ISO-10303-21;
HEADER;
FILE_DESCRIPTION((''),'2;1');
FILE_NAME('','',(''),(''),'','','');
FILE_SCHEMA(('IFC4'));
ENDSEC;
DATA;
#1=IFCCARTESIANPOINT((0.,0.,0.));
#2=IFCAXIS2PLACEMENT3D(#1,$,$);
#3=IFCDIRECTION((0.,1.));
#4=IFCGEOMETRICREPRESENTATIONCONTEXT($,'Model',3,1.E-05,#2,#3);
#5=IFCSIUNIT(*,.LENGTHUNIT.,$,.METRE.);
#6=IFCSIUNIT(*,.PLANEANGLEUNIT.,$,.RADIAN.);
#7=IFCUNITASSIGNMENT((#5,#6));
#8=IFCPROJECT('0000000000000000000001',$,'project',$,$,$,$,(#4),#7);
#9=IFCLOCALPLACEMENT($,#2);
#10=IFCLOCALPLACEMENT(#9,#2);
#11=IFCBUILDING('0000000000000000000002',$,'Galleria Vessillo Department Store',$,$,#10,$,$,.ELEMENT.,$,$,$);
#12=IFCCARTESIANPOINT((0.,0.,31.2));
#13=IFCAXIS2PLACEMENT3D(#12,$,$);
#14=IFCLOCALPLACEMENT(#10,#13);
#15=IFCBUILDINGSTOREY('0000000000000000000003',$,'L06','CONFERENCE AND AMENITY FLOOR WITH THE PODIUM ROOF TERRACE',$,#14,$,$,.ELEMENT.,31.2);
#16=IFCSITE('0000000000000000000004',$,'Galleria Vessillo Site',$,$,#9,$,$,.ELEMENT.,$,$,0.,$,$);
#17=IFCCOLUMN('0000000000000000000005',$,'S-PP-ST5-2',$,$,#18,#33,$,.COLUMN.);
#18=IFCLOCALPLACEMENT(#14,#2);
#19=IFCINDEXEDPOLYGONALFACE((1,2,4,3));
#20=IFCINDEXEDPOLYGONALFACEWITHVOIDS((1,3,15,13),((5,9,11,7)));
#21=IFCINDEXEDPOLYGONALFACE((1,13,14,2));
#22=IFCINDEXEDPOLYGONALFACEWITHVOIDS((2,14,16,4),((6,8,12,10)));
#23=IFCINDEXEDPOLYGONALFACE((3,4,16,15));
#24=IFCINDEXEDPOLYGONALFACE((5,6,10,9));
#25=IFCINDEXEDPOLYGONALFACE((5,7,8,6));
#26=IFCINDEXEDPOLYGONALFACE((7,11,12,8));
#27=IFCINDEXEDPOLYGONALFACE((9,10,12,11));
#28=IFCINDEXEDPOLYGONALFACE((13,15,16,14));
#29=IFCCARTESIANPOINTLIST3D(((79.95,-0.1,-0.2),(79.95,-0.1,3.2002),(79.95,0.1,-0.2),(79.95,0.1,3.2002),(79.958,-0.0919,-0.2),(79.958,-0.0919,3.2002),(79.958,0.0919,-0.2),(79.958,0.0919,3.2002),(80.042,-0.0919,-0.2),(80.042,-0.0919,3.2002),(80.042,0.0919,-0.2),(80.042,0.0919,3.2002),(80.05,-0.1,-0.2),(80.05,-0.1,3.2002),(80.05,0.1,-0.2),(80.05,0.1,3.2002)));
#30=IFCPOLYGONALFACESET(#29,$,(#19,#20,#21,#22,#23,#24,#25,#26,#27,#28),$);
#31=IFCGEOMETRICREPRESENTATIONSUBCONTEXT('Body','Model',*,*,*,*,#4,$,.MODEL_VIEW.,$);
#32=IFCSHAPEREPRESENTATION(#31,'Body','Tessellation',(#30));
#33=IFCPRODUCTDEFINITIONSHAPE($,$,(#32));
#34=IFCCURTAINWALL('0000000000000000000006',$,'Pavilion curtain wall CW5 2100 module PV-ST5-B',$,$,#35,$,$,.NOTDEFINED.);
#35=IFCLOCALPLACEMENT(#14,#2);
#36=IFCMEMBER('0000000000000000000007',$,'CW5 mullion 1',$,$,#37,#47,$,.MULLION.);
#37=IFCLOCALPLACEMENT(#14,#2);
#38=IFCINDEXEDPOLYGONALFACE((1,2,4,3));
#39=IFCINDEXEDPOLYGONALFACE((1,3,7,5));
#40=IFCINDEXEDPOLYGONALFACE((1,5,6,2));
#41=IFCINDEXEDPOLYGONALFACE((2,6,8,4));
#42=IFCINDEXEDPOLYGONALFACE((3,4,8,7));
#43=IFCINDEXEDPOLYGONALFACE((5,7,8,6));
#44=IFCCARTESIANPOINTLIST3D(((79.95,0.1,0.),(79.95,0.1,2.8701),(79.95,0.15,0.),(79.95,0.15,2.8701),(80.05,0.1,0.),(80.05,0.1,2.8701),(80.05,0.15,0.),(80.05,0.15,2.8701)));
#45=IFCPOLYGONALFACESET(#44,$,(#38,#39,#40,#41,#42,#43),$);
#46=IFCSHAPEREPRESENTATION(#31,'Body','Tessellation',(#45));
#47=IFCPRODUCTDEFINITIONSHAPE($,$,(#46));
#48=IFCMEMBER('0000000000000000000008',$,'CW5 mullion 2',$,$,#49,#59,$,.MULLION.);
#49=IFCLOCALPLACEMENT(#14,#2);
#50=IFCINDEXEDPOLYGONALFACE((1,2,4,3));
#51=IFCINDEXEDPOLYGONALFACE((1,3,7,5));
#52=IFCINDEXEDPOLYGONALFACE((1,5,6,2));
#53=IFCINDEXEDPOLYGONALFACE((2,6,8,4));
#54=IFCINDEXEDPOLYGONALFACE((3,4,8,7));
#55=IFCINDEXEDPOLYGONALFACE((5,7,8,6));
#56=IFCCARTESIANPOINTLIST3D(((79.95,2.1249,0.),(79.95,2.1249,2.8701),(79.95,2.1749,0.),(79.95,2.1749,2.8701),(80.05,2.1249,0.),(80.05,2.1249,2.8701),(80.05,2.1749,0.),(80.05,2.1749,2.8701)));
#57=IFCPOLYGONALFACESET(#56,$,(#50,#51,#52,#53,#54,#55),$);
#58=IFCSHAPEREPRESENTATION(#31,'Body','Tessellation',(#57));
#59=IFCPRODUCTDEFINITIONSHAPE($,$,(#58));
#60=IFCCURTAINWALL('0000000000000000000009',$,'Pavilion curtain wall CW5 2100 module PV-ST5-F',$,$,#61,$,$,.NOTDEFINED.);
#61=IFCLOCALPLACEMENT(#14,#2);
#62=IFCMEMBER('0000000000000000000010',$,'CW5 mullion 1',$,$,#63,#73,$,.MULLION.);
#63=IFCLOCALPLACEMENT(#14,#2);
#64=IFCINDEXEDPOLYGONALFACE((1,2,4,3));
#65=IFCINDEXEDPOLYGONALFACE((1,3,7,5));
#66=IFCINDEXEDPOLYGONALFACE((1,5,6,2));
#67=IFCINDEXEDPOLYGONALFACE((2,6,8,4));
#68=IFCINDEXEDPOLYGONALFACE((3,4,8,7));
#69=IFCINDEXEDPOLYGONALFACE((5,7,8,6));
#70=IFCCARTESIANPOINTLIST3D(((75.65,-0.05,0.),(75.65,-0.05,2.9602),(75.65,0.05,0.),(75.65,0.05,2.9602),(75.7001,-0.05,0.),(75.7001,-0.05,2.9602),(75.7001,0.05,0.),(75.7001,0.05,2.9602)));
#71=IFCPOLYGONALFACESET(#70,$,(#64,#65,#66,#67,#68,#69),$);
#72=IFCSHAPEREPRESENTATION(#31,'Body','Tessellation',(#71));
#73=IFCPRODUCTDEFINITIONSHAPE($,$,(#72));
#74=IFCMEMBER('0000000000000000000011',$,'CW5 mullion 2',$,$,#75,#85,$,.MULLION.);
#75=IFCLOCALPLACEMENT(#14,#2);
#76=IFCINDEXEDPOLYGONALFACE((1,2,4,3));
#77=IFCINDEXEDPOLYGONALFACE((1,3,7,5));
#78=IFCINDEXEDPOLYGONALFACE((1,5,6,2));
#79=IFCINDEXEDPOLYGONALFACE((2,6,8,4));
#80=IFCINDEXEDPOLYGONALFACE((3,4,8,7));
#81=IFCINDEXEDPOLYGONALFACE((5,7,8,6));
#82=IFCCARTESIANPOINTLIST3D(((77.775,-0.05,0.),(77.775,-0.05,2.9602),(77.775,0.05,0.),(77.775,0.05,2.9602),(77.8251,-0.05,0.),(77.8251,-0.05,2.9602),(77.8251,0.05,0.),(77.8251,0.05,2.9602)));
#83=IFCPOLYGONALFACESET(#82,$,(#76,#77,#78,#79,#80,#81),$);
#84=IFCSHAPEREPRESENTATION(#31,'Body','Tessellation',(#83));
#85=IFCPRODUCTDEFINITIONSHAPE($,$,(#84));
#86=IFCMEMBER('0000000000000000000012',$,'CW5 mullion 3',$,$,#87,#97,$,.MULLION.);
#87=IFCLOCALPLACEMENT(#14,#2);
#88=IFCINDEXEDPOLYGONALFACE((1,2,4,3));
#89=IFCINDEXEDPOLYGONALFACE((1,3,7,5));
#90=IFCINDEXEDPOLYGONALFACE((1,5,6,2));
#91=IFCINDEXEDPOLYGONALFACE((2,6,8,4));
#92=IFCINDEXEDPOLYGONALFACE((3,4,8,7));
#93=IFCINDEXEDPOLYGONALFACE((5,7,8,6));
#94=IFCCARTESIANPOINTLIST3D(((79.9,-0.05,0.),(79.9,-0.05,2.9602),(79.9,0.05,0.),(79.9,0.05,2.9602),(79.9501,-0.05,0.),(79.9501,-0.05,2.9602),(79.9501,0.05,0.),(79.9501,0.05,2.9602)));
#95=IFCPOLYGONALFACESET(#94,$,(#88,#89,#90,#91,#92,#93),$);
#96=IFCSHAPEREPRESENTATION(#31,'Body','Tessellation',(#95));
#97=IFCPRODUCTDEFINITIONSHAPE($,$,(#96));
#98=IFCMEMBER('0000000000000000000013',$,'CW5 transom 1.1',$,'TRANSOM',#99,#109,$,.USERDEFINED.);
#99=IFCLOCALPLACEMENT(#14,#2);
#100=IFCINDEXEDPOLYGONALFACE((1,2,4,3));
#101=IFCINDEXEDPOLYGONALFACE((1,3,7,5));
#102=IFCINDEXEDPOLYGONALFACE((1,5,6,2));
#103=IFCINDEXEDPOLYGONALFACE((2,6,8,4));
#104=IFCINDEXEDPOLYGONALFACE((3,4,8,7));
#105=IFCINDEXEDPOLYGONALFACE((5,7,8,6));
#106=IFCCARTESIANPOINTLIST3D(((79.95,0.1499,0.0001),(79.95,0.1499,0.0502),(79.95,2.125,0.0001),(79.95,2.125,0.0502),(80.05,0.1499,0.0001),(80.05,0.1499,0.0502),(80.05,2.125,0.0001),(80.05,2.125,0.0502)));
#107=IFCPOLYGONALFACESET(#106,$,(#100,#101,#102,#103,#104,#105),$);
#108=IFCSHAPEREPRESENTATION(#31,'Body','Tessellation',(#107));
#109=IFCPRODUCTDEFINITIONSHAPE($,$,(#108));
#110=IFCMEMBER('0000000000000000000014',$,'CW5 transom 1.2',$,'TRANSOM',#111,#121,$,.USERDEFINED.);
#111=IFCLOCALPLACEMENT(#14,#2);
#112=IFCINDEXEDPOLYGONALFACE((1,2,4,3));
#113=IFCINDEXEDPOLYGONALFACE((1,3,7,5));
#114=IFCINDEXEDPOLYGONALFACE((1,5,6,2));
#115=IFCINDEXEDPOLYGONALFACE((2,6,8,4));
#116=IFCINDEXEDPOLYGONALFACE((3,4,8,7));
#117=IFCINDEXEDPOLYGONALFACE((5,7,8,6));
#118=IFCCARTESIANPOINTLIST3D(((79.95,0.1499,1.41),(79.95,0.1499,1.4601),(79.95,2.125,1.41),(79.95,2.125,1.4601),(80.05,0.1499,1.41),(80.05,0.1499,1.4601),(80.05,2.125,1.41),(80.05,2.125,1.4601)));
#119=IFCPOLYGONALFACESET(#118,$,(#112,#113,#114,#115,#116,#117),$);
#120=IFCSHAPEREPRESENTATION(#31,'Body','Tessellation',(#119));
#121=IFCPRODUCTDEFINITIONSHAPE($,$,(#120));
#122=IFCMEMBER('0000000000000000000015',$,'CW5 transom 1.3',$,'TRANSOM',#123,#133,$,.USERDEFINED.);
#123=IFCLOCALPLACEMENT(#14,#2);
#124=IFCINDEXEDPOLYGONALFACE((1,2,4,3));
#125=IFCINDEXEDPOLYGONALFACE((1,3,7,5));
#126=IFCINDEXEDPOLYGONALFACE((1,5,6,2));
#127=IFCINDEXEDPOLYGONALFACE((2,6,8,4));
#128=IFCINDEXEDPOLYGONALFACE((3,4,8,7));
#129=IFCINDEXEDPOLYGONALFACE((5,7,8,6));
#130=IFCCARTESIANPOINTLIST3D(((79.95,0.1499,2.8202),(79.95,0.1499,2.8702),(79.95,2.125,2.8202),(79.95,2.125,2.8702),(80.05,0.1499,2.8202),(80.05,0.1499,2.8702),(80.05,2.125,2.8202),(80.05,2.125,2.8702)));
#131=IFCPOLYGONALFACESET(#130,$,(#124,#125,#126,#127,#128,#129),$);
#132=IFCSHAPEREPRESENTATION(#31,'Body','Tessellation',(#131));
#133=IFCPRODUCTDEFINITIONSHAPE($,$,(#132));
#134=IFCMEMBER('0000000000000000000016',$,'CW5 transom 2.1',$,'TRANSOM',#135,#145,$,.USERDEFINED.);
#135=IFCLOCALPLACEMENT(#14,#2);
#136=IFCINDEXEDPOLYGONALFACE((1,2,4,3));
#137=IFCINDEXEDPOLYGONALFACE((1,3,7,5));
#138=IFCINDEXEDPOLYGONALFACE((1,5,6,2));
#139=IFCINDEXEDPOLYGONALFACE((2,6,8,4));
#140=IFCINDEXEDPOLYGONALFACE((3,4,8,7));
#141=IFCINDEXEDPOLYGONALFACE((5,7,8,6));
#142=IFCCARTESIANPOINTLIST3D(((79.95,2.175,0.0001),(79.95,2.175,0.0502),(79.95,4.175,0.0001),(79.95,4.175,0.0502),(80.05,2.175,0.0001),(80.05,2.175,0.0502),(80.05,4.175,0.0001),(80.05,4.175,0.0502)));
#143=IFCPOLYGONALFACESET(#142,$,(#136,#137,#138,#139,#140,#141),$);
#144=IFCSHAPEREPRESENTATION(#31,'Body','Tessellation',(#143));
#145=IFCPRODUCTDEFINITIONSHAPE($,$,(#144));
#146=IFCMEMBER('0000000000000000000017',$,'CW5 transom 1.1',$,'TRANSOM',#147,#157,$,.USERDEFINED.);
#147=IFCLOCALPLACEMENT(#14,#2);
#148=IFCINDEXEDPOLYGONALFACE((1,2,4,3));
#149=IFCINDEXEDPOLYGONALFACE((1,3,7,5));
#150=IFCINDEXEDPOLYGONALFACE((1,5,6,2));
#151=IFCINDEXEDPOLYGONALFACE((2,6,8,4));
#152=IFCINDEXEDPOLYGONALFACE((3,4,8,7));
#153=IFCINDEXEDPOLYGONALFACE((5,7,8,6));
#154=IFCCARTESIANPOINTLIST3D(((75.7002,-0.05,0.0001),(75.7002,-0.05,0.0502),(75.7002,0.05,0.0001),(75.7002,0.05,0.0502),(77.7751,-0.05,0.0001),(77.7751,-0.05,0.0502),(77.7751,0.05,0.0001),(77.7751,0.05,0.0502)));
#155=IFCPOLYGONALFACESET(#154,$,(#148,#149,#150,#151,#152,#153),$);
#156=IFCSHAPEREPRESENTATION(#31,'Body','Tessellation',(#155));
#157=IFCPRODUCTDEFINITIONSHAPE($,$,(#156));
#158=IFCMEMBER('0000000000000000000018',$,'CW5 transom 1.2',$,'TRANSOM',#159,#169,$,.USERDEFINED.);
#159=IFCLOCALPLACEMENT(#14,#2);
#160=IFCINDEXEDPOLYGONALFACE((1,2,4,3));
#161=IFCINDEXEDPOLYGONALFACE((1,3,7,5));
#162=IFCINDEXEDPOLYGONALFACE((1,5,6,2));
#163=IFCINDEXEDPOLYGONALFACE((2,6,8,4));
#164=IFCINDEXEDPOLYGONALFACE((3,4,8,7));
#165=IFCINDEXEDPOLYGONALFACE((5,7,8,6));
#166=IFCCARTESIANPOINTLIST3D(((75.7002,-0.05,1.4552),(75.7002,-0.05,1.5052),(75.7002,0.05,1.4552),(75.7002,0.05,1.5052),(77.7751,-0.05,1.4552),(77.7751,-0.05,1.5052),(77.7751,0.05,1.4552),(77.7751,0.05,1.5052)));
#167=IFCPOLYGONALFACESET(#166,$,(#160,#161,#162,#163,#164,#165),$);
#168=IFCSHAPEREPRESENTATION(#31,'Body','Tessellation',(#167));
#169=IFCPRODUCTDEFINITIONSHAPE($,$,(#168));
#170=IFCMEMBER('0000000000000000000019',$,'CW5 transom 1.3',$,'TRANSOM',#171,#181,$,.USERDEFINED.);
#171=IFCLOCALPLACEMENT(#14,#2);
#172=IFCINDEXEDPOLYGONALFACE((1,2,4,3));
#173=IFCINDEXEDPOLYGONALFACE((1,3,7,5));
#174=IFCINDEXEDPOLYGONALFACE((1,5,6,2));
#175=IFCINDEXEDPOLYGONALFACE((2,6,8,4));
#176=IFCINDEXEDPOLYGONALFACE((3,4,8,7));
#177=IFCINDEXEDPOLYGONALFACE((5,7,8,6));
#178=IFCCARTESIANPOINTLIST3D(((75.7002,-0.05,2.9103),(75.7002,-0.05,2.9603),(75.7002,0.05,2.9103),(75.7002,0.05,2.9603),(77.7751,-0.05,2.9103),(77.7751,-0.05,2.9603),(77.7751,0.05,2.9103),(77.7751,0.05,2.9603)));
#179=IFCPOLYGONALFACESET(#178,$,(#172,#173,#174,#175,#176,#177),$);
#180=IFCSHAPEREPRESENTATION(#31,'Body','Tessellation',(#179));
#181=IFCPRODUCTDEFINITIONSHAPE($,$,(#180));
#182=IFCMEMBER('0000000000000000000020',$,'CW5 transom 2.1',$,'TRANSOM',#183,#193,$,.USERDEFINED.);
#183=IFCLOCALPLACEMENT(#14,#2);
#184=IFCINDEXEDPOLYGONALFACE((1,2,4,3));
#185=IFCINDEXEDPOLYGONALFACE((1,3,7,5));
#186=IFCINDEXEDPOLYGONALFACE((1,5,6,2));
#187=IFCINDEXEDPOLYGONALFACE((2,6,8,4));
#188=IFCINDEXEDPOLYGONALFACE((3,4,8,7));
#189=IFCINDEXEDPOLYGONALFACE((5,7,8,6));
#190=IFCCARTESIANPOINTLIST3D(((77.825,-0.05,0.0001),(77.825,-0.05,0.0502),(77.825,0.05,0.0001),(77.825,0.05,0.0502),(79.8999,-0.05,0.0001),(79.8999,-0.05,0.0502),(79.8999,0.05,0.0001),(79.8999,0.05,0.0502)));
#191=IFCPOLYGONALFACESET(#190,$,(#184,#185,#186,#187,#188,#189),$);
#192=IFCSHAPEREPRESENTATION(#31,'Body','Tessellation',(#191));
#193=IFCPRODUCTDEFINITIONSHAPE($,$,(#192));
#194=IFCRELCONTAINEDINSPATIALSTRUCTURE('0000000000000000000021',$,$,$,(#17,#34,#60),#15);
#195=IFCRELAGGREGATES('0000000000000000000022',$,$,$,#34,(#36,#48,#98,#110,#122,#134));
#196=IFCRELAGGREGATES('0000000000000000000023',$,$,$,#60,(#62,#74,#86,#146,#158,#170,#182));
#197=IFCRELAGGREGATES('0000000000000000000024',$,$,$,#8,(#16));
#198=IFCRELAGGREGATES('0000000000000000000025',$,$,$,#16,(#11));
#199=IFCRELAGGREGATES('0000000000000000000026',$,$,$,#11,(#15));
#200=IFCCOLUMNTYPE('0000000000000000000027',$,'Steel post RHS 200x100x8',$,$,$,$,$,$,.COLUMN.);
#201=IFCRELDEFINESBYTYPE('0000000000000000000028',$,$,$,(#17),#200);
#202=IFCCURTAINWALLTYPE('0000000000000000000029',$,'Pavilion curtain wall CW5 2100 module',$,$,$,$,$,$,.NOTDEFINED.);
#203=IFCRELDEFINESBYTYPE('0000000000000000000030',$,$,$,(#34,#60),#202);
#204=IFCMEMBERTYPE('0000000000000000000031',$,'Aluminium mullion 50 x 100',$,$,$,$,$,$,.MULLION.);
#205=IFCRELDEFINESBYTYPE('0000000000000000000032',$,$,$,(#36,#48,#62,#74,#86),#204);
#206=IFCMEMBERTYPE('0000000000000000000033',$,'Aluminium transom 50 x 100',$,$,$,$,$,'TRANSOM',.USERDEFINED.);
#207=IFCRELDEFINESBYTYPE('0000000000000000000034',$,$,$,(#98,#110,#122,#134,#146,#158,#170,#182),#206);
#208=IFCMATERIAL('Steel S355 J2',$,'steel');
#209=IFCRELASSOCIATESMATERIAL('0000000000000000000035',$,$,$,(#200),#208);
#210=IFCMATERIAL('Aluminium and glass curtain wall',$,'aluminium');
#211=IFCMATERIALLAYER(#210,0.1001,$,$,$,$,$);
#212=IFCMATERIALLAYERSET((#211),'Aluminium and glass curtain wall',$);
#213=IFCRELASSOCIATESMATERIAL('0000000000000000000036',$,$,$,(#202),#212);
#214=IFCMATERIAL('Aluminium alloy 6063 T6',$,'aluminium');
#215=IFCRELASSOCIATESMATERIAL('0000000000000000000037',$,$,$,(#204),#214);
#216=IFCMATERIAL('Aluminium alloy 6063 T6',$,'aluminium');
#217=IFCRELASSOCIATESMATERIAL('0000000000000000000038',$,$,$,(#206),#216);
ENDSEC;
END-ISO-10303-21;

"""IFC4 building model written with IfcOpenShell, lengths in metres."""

from ifc_helpers import new_model, si_unit, direction, frame, origin, origin_2d, place, context, subcontext, project, spatial, rectangle, hollow_rectangle, extrude, material, layer, layer_set, material_profile, profile_set, type_object, element, aggregate, save


model = new_model("IFC4")

# Units and contexts
model_context = context("Model", 3, precision=1e-05, world=origin(), true_north=direction((0.0, 1.0)))
body_context = subcontext(model_context, "Body", "Model", "MODEL_VIEW")
ifc_project = project(units=[si_unit("LENGTHUNIT", "METRE"), si_unit("PLANEANGLEUNIT", "RADIAN")], contexts=[model_context])

# Site, building, storey
site_placement = place(None, origin())
site = spatial("IfcSite", under=ifc_project, at=site_placement, Name="Galleria Vessillo Site", CompositionType="ELEMENT", RefElevation=0.0)
building_placement = place(site_placement, origin())
building = spatial("IfcBuilding", under=site, at=building_placement, Name="Galleria Vessillo Department Store", CompositionType="ELEMENT")
storey_placement = place(building_placement, frame((0.0, 0.0, 31.2)))
storey = spatial("IfcBuildingStorey", under=building, at=storey_placement, Name="L06", Description="CONFERENCE AND AMENITY FLOOR WITH THE PODIUM ROOF TERRACE", CompositionType="ELEMENT", Elevation=31.2)

# Column
ifc_material_1 = material(Name="Steel S355 J2", Category="steel")
ifc_material_profile_1 = material_profile(ifc_material_1, hollow_rectangle(XDim=0.1001, YDim=0.2, WallThickness=0.0081, at=origin_2d()), Name="RHS 200x100x8")
ifc_profile_set_1 = profile_set([ifc_material_profile_1], Name="Steel S355 J2")
column_type = type_object("IfcColumnType", Name="Steel post RHS 200x100x8", PredefinedType="COLUMN", material=ifc_profile_set_1)
column_placement = place(storey_placement, frame((80.0, 0.0, -0.2), z_axis=(0.0, 0.0, 1.0), x_axis=(1.0, 0.0, 0.0)))
element("IfcColumn", 1, at=column_placement, inside=storey, type_object=column_type, Name="S-PP-ST5-2", PredefinedType="COLUMN", context=body_context, shape_type="SweptSolid", body=[
    extrude(hollow_rectangle(XDim=0.1001, YDim=0.2, WallThickness=0.0081, at=origin_2d()), origin(), (0.0, 0.0, 1.0), 3.4001),
])

# Curtain walls, members
ifc_material_2 = material(Name="Aluminium and glass curtain wall", Category="aluminium")
ifc_layer_1 = layer(ifc_material_2, 0.1001)
ifc_layer_set_1 = layer_set([ifc_layer_1], Name="Aluminium and glass curtain wall")
curtain_wall_type = type_object("IfcCurtainWallType", Name="Pavilion curtain wall CW5 2100 module", PredefinedType="NOTDEFINED", material=ifc_layer_set_1)
curtain_wall_1_placement = place(storey_placement, origin())
curtain_wall_1 = element("IfcCurtainWall", 2, at=curtain_wall_1_placement, inside=storey, type_object=curtain_wall_type, Name="Pavilion curtain wall CW5 2100 module PV-ST5-B", PredefinedType="NOTDEFINED")
ifc_material_3 = material(Name="Aluminium alloy 6063 T6", Category="aluminium")
ifc_material_profile_2 = material_profile(ifc_material_3, rectangle(XDim=0.1001, YDim=0.05, at=origin_2d()), Name="AL 50x100")
ifc_profile_set_2 = profile_set([ifc_material_profile_2], Name="Aluminium alloy 6063 T6")
member_type_1 = type_object("IfcMemberType", Name="Aluminium mullion 50 x 100", PredefinedType="MULLION", material=ifc_profile_set_2)
member_1_placement = place(storey_placement, frame((80.0, 0.125, 0.0), z_axis=(0.0, 0.0, 1.0), x_axis=(-1.0, 0.0, 0.0)))
member_1 = element("IfcMember", 3, at=member_1_placement, type_object=member_type_1, Name="CW5 mullion 1", PredefinedType="MULLION", context=body_context, shape_type="SweptSolid", body=[
    extrude(rectangle(XDim=0.1001, YDim=0.05, at=origin_2d()), origin(), (0.0, 0.0, 1.0), 2.8701),
])
member_2_placement = place(storey_placement, frame((80.0, 2.1499, 0.0), z_axis=(0.0, 0.0, 1.0), x_axis=(-1.0, 0.0, 0.0)))
member_2 = element("IfcMember", 4, at=member_2_placement, type_object=member_type_1, Name="CW5 mullion 2", PredefinedType="MULLION", context=body_context, shape_type="SweptSolid", body=[
    extrude(rectangle(XDim=0.1001, YDim=0.05, at=origin_2d()), origin(), (0.0, 0.0, 1.0), 2.8701),
])
curtain_wall_2_placement = place(storey_placement, origin())
curtain_wall_2 = element("IfcCurtainWall", 5, at=curtain_wall_2_placement, inside=storey, type_object=curtain_wall_type, Name="Pavilion curtain wall CW5 2100 module PV-ST5-F", PredefinedType="NOTDEFINED")
member_3_placement = place(storey_placement, frame((75.675, 0.0, 0.0), z_axis=(0.0, 0.0, 1.0), x_axis=(0.0, 1.0, 0.0)))
member_3 = element("IfcMember", 6, at=member_3_placement, type_object=member_type_1, Name="CW5 mullion 1", PredefinedType="MULLION", context=body_context, shape_type="SweptSolid", body=[
    extrude(rectangle(XDim=0.1001, YDim=0.05, at=origin_2d()), origin(), (0.0, 0.0, 1.0), 2.9602),
])
member_4_placement = place(storey_placement, frame((77.8, 0.0, 0.0), z_axis=(0.0, 0.0, 1.0), x_axis=(0.0, 1.0, 0.0)))
member_4 = element("IfcMember", 7, at=member_4_placement, type_object=member_type_1, Name="CW5 mullion 2", PredefinedType="MULLION", context=body_context, shape_type="SweptSolid", body=[
    extrude(rectangle(XDim=0.1001, YDim=0.05, at=origin_2d()), origin(), (0.0, 0.0, 1.0), 2.9602),
])
member_5_placement = place(storey_placement, frame((79.925, 0.0, 0.0), z_axis=(0.0, 0.0, 1.0), x_axis=(0.0, 1.0, 0.0)))
member_5 = element("IfcMember", 8, at=member_5_placement, type_object=member_type_1, Name="CW5 mullion 3", PredefinedType="MULLION", context=body_context, shape_type="SweptSolid", body=[
    extrude(rectangle(XDim=0.1001, YDim=0.05, at=origin_2d()), origin(), (0.0, 0.0, 1.0), 2.9602),
])

# Members
ifc_material_4 = material(Name="Aluminium alloy 6063 T6", Category="aluminium")
ifc_material_profile_3 = material_profile(ifc_material_4, rectangle(XDim=0.1001, YDim=0.05, at=origin_2d()), Name="AL 50x100")
ifc_profile_set_3 = profile_set([ifc_material_profile_3], Name="Aluminium alloy 6063 T6")
member_type_2 = type_object("IfcMemberType", Name="Aluminium transom 50 x 100", ElementType="TRANSOM", PredefinedType="USERDEFINED", material=ifc_profile_set_3)
member_6_placement = place(storey_placement, frame((80.0, 0.1499, 0.0251), z_axis=(0.0, 1.0, 0.0), x_axis=(-1.0, 0.0, 0.0)))
member_6 = element("IfcMember", 9, at=member_6_placement, type_object=member_type_2, Name="CW5 transom 1.1", ObjectType="TRANSOM", PredefinedType="USERDEFINED", context=body_context, shape_type="SweptSolid", body=[
    extrude(rectangle(XDim=0.1001, YDim=0.05, at=origin_2d()), origin(), (0.0, 0.0, 1.0), 1.9751),
])
member_7_placement = place(storey_placement, frame((80.0, 0.1499, 1.4351), z_axis=(0.0, 1.0, 0.0), x_axis=(-1.0, 0.0, 0.0)))
member_7 = element("IfcMember", 10, at=member_7_placement, type_object=member_type_2, Name="CW5 transom 1.2", ObjectType="TRANSOM", PredefinedType="USERDEFINED", context=body_context, shape_type="SweptSolid", body=[
    extrude(rectangle(XDim=0.1001, YDim=0.05, at=origin_2d()), origin(), (0.0, 0.0, 1.0), 1.9751),
])
member_8_placement = place(storey_placement, frame((80.0, 0.1499, 2.8452), z_axis=(0.0, 1.0, 0.0), x_axis=(-1.0, 0.0, 0.0)))
member_8 = element("IfcMember", 11, at=member_8_placement, type_object=member_type_2, Name="CW5 transom 1.3", ObjectType="TRANSOM", PredefinedType="USERDEFINED", context=body_context, shape_type="SweptSolid", body=[
    extrude(rectangle(XDim=0.1001, YDim=0.05, at=origin_2d()), origin(), (0.0, 0.0, 1.0), 1.9751),
])
member_9_placement = place(storey_placement, frame((80.0, 2.175, 0.0251), z_axis=(0.0, 1.0, 0.0), x_axis=(-1.0, 0.0, 0.0)))
member_9 = element("IfcMember", 12, at=member_9_placement, type_object=member_type_2, Name="CW5 transom 2.1", ObjectType="TRANSOM", PredefinedType="USERDEFINED", context=body_context, shape_type="SweptSolid", body=[
    extrude(rectangle(XDim=0.1001, YDim=0.05, at=origin_2d()), origin(), (0.0, 0.0, 1.0), 2.0),
])
member_10_placement = place(storey_placement, frame((75.7002, 0.0, 0.0251), z_axis=(1.0, 0.0, 0.0), x_axis=(0.0, 1.0, 0.0)))
member_10 = element("IfcMember", 13, at=member_10_placement, type_object=member_type_2, Name="CW5 transom 1.1", ObjectType="TRANSOM", PredefinedType="USERDEFINED", context=body_context, shape_type="SweptSolid", body=[
    extrude(rectangle(XDim=0.1001, YDim=0.05, at=origin_2d()), origin(), (0.0, 0.0, 1.0), 2.075),
])
member_11_placement = place(storey_placement, frame((75.7002, 0.0, 1.4802), z_axis=(1.0, 0.0, 0.0), x_axis=(0.0, 1.0, 0.0)))
member_11 = element("IfcMember", 14, at=member_11_placement, type_object=member_type_2, Name="CW5 transom 1.2", ObjectType="TRANSOM", PredefinedType="USERDEFINED", context=body_context, shape_type="SweptSolid", body=[
    extrude(rectangle(XDim=0.1001, YDim=0.05, at=origin_2d()), origin(), (0.0, 0.0, 1.0), 2.075),
])
member_12_placement = place(storey_placement, frame((75.7002, 0.0, 2.9353), z_axis=(1.0, 0.0, 0.0), x_axis=(0.0, 1.0, 0.0)))
member_12 = element("IfcMember", 15, at=member_12_placement, type_object=member_type_2, Name="CW5 transom 1.3", ObjectType="TRANSOM", PredefinedType="USERDEFINED", context=body_context, shape_type="SweptSolid", body=[
    extrude(rectangle(XDim=0.1001, YDim=0.05, at=origin_2d()), origin(), (0.0, 0.0, 1.0), 2.075),
])
member_13_placement = place(storey_placement, frame((77.825, 0.0, 0.0251), z_axis=(1.0, 0.0, 0.0), x_axis=(0.0, 1.0, 0.0)))
member_13 = element("IfcMember", 16, at=member_13_placement, type_object=member_type_2, Name="CW5 transom 2.1", ObjectType="TRANSOM", PredefinedType="USERDEFINED", context=body_context, shape_type="SweptSolid", body=[
    extrude(rectangle(XDim=0.1001, YDim=0.05, at=origin_2d()), origin(), (0.0, 0.0, 1.0), 2.075),
])

aggregate(curtain_wall_1, [member_1, member_2, member_6, member_7, member_8, member_9])
aggregate(curtain_wall_2, [member_3, member_4, member_5, member_10, member_11, member_12, member_13])

save(model, "model.ifc")
